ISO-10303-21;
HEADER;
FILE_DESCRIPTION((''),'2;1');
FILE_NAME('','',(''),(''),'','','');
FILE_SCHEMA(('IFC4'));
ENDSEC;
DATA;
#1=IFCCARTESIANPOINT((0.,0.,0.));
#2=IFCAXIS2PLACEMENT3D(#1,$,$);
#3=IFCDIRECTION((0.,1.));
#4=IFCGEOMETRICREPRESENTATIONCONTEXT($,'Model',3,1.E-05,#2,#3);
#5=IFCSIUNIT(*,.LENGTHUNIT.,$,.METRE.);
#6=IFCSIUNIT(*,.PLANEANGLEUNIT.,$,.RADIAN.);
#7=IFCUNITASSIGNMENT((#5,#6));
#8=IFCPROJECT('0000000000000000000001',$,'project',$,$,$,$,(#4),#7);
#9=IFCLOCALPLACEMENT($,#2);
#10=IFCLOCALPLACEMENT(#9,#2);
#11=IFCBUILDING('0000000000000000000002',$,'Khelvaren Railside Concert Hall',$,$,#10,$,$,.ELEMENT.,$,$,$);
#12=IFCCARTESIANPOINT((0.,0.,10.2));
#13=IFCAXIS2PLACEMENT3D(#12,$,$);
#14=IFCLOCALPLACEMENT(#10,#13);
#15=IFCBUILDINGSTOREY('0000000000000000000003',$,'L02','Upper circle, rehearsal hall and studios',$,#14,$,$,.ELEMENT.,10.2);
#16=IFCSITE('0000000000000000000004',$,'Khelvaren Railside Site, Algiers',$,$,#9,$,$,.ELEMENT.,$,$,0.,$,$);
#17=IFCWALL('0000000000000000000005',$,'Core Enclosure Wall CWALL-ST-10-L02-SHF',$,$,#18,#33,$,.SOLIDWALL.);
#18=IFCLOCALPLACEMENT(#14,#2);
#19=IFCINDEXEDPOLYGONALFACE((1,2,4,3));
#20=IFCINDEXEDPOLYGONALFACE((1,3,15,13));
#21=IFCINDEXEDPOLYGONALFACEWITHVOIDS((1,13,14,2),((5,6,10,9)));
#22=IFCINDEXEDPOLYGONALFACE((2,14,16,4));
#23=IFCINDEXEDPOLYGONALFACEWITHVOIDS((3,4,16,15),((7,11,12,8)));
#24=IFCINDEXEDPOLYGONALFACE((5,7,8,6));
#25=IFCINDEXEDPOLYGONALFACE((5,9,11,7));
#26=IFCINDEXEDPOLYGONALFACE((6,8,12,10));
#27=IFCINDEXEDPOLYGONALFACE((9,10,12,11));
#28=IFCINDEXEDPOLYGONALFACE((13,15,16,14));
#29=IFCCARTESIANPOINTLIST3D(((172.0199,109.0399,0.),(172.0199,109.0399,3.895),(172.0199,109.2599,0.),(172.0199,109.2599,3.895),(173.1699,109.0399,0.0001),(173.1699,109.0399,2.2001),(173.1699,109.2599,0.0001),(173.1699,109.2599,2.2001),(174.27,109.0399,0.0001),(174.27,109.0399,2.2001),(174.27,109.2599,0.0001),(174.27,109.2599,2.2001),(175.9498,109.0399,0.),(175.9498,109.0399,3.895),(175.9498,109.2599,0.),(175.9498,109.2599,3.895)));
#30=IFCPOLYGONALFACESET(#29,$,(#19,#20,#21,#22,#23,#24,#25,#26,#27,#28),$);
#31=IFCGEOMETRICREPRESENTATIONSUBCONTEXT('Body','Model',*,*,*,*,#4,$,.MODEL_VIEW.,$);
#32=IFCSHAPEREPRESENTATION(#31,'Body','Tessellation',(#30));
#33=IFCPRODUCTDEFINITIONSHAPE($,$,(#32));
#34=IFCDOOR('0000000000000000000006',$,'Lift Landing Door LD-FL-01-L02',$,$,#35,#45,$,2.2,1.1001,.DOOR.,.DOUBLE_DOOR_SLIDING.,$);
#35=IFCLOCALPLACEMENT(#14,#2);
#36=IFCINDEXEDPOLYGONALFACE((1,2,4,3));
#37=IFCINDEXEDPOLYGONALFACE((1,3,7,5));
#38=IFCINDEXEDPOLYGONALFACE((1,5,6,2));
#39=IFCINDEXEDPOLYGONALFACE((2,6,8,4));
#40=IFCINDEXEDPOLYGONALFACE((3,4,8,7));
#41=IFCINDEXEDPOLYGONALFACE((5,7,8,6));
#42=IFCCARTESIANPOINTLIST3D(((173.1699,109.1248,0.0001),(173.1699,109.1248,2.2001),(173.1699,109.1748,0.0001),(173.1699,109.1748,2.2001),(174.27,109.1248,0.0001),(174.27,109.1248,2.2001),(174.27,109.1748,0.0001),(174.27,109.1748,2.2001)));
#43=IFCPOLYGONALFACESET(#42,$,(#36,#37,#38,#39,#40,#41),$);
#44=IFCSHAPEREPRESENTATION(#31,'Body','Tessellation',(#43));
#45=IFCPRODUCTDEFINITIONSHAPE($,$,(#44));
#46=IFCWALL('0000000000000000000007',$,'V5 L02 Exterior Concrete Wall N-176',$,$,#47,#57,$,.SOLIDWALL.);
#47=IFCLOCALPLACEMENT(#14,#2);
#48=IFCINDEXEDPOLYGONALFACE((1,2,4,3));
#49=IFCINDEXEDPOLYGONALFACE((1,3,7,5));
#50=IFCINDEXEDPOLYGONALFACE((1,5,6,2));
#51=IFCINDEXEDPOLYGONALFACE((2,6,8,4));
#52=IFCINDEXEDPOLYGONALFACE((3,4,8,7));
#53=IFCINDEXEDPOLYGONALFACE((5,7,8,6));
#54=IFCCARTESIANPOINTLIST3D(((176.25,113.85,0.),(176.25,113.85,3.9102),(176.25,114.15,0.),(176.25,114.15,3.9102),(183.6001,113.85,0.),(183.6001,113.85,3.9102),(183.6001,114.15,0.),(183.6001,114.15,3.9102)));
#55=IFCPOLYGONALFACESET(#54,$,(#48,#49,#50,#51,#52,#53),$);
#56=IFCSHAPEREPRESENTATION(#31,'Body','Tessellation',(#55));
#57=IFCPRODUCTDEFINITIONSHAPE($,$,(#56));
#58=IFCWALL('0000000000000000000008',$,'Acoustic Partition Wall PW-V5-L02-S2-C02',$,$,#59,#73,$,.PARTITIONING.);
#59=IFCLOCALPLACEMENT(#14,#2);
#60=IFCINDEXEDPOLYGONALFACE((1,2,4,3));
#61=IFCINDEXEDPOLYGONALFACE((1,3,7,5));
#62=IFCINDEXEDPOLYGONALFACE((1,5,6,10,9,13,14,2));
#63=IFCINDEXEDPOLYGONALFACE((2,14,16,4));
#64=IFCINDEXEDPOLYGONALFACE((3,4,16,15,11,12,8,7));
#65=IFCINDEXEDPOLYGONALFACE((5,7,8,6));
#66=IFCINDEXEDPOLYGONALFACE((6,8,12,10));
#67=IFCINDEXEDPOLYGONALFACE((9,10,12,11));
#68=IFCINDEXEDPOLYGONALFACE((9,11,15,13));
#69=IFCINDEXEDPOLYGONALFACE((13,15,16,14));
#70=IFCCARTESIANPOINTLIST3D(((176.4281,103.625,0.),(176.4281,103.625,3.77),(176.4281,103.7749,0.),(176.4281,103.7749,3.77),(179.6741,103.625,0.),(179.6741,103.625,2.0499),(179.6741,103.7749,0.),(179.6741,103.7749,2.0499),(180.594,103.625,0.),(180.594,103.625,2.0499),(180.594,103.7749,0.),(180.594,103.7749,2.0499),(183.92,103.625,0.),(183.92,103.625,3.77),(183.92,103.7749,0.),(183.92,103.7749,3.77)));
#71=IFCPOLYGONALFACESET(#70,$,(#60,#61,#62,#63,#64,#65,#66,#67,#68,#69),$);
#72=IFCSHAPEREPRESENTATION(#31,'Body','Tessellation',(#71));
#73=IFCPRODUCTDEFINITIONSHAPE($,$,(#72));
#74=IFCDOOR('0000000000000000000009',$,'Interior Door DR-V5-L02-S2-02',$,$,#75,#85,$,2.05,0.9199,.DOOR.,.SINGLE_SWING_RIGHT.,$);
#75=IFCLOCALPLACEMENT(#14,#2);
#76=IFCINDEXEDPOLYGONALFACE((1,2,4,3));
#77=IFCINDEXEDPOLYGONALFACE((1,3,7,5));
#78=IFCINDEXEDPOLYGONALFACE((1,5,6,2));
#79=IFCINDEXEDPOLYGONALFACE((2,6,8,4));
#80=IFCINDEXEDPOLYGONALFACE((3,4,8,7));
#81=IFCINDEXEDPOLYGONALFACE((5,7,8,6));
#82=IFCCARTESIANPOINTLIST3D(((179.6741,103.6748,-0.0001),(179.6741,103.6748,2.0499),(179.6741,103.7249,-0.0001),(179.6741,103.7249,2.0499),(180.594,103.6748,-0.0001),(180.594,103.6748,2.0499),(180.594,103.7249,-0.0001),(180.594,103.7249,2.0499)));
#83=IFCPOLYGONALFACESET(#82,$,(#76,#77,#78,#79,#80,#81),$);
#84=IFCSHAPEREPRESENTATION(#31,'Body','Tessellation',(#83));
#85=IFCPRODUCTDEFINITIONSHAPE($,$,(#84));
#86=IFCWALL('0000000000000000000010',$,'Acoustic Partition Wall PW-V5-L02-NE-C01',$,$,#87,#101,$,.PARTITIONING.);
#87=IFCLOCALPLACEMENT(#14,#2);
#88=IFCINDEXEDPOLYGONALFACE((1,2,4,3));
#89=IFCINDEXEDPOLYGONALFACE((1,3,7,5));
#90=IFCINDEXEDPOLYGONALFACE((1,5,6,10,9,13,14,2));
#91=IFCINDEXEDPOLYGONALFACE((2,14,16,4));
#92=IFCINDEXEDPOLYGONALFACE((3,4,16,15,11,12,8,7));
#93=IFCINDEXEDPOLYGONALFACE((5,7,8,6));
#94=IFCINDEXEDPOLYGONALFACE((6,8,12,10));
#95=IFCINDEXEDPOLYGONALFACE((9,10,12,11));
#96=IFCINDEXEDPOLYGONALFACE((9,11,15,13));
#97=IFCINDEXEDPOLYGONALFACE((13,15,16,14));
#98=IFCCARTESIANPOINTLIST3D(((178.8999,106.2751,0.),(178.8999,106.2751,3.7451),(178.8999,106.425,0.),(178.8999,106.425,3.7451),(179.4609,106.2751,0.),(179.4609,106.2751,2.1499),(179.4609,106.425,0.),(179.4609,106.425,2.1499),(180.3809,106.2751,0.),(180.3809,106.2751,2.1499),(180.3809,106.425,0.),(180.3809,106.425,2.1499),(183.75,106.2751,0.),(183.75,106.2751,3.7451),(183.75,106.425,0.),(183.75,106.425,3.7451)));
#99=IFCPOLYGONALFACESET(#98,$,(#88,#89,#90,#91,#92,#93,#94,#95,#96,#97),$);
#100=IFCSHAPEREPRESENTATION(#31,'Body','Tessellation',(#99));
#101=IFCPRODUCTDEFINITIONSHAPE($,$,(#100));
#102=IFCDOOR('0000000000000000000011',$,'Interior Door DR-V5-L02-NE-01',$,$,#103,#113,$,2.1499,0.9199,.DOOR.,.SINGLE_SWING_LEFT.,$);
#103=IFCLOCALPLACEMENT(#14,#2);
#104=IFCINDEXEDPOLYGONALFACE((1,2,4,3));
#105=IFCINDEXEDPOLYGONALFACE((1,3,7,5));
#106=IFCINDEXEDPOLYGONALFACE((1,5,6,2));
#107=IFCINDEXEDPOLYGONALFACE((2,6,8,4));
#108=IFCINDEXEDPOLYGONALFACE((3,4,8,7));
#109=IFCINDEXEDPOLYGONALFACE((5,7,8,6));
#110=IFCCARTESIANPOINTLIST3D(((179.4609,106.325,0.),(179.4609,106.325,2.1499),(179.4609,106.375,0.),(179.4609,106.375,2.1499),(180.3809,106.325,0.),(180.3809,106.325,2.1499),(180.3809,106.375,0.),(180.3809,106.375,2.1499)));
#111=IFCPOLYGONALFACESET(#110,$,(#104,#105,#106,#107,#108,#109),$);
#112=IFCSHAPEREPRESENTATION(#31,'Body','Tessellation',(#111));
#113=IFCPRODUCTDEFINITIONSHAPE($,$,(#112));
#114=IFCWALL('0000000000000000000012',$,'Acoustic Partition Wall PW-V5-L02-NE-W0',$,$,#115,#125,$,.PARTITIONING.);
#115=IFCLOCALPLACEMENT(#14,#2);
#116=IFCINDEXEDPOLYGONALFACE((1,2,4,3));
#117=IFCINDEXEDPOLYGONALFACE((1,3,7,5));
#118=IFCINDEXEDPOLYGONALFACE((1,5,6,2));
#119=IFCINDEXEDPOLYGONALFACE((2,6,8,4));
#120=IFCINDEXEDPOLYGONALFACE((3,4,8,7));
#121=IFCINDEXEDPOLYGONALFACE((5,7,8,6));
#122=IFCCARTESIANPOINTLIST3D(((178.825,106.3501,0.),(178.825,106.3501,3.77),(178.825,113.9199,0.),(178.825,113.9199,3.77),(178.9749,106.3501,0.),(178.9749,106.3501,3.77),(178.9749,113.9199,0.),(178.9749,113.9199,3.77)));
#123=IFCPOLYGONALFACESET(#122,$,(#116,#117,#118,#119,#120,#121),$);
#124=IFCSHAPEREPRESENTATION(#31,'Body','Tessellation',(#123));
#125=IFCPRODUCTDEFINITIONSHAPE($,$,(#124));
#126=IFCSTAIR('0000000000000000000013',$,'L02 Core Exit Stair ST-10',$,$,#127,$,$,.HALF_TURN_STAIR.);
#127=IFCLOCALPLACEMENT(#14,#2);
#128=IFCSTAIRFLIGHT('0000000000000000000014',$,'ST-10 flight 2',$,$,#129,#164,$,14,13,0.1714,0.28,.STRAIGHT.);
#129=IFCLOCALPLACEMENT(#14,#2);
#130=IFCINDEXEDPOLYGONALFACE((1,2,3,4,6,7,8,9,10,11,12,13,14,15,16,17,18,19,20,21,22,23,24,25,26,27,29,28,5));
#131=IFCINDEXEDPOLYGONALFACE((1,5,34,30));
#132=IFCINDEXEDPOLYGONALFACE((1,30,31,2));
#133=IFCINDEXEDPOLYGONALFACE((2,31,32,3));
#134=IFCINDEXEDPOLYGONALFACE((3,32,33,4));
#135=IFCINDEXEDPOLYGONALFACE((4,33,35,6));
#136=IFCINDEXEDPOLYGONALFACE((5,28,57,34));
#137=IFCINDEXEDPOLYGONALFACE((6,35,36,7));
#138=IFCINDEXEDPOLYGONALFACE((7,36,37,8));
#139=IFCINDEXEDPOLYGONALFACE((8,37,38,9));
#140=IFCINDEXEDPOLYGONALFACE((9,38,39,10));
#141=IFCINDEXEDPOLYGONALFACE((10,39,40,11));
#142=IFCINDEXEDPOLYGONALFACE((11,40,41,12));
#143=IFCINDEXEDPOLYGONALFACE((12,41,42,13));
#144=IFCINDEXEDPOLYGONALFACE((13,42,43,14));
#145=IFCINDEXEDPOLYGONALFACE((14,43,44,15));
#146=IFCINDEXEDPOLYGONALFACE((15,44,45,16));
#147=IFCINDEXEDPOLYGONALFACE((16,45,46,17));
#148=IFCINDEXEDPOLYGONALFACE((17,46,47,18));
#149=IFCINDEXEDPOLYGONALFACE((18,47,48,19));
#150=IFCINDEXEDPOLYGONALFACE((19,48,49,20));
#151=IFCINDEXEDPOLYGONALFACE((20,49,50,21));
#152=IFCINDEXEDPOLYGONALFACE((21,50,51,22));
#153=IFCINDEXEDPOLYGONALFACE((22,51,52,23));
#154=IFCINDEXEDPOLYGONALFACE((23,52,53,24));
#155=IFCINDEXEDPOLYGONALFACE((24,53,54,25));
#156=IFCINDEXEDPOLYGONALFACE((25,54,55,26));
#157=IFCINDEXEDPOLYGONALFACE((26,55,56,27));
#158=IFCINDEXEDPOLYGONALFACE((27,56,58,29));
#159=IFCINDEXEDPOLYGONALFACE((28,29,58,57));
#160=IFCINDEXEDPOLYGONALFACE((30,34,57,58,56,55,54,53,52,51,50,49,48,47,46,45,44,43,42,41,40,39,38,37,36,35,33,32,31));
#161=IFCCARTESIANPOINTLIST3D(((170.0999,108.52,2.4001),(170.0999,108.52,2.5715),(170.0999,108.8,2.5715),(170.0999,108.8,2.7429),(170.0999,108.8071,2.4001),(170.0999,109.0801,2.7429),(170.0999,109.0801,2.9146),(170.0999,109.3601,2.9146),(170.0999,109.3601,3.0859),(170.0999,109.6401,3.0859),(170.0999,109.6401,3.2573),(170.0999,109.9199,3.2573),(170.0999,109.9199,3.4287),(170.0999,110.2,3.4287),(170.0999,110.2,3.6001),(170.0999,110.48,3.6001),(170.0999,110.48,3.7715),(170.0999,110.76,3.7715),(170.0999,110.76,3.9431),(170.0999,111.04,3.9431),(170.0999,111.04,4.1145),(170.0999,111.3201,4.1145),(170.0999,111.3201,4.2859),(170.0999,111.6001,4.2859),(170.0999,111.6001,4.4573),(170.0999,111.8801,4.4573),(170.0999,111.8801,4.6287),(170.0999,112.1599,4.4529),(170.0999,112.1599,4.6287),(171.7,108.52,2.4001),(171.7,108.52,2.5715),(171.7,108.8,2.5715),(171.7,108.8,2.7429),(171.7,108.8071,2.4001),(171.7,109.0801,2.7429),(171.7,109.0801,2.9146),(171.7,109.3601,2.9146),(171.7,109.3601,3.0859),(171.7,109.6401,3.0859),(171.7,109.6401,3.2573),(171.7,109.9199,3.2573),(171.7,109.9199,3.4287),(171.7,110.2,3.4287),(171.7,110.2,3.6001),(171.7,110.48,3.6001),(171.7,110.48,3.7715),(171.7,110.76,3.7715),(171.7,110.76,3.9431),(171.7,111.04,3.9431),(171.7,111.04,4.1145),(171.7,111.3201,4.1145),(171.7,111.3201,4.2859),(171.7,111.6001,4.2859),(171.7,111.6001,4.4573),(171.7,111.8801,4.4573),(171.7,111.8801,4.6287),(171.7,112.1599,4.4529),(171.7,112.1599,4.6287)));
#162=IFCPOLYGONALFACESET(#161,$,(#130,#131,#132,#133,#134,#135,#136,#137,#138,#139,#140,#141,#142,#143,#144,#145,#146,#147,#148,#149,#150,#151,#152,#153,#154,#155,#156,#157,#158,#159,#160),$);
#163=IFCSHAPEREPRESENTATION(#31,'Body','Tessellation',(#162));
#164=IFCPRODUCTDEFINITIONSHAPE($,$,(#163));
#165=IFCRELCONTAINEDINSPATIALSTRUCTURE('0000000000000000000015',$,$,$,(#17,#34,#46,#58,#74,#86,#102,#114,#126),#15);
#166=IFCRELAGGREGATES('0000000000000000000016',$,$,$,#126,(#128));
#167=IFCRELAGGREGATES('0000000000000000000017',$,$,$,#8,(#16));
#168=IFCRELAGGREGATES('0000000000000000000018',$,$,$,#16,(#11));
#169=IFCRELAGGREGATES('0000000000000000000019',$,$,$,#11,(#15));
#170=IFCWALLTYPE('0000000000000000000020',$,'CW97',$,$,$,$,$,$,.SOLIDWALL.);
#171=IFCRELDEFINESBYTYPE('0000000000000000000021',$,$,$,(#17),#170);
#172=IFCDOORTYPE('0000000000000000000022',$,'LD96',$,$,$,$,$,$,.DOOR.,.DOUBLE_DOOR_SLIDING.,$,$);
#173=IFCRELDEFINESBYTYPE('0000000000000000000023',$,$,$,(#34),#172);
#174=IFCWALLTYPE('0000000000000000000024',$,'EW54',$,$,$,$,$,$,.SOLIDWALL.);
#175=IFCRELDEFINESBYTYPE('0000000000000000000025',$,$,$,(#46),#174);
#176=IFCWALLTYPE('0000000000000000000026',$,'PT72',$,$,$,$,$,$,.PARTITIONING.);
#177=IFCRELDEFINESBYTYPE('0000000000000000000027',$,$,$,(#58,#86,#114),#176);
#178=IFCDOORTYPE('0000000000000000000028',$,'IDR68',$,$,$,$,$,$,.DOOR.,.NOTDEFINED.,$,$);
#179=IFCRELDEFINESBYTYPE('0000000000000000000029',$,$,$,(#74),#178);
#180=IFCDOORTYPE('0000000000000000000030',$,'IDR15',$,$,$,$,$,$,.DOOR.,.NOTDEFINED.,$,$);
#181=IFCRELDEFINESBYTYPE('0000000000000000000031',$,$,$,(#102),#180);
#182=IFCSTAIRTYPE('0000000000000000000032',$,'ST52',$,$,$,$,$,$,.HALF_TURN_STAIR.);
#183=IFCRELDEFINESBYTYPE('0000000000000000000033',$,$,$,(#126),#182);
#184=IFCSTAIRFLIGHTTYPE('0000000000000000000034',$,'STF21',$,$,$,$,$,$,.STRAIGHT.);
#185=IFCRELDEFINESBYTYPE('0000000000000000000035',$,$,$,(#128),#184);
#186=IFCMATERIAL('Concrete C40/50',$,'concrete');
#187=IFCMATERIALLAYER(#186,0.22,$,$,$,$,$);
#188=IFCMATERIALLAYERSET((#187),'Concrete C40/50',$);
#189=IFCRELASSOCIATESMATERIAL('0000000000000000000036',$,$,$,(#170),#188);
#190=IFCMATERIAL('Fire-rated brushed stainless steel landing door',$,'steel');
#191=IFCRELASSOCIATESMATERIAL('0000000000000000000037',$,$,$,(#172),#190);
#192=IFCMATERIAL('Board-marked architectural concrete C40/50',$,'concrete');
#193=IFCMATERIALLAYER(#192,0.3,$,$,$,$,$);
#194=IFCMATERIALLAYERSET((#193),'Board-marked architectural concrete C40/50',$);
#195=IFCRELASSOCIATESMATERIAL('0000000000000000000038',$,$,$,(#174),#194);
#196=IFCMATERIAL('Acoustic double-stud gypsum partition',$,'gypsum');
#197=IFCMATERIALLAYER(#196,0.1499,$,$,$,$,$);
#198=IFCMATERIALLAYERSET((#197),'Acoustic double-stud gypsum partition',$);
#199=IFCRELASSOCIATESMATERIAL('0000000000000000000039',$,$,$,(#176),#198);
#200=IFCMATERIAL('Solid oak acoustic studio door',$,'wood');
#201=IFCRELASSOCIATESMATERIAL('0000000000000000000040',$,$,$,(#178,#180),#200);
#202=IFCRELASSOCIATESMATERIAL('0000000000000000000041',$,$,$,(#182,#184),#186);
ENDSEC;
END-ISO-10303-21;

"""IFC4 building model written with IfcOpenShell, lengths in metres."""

from ifc_helpers import new_model, si_unit, direction, frame, frame_2d, origin, place, context, subcontext, project, spatial, polyline, rectangle, outline, extrude, material, layer, layer_set, type_object, element, fill, aggregate, save


model = new_model("IFC4")

# Units and contexts
model_context = context("Model", 3, precision=1e-05, world=origin(), true_north=direction((0.0, 1.0)))
body_context = subcontext(model_context, "Body", "Model", "MODEL_VIEW")
ifc_project = project(units=[si_unit("LENGTHUNIT", "METRE"), si_unit("PLANEANGLEUNIT", "RADIAN")], contexts=[model_context])

# Site, building, storey
site_placement = place(None, origin())
site = spatial("IfcSite", under=ifc_project, at=site_placement, Name="Khelvaren Railside Site, Algiers", CompositionType="ELEMENT", RefElevation=0.0)
building_placement = place(site_placement, origin())
building = spatial("IfcBuilding", under=site, at=building_placement, Name="Khelvaren Railside Concert Hall", CompositionType="ELEMENT")
storey_placement = place(building_placement, frame((0.0, 0.0, 10.2)))
storey = spatial("IfcBuildingStorey", under=building, at=storey_placement, Name="L02", Description="Upper circle, rehearsal hall and studios", CompositionType="ELEMENT", Elevation=10.2)

# Shared definitions
ifc_material_1 = material(Name="Concrete C40/50", Category="concrete")

# Wall, opening, door
ifc_layer_1 = layer(ifc_material_1, 0.22)
ifc_layer_set_1 = layer_set([ifc_layer_1], Name="Concrete C40/50")
wall_type_1 = type_object("IfcWallType", Name="CW97", PredefinedType="SOLIDWALL", material=ifc_layer_set_1)
wall_1_placement = place(storey_placement, frame((172.02, 109.1499, 0.0), z_axis=(0.0, 0.0, 1.0), x_axis=(1.0, 0.0, 0.0)))
wall_1 = element("IfcWall", 1, at=wall_1_placement, inside=storey, type_object=wall_type_1, Name="Core Enclosure Wall CWALL-ST-10-L02-SHF", PredefinedType="SOLIDWALL", context=body_context, shape_type="SweptSolid", body=[
    extrude(rectangle(XDim=3.9299, YDim=0.22, at=frame_2d((1.9648, 0.0))), origin(), (0.0, 0.0, 1.0), 3.895),
])
opening_1_placement = place(wall_1_placement, frame((1.1499, 0.0, 0.0)))
opening_1 = element("IfcOpeningElement", 2, at=opening_1_placement, cuts=wall_1, PredefinedType="OPENING", context=body_context, shape_type="SweptSolid", body=[
    extrude(rectangle(XDim=1.1001, YDim=2.2, at=frame_2d((0.55, 1.1001))), frame((0.0, 0.1199, 0.0), z_axis=(0.0, -1.0, 0.0), x_axis=(1.0, 0.0, 0.0)), (0.0, 0.0, 1.0), 0.24),
])
ifc_material_2 = material(Name="Fire-rated brushed stainless steel landing door", Category="steel")
door_type_1 = type_object("IfcDoorType", Name="LD96", OperationType="DOUBLE_DOOR_SLIDING", PredefinedType="DOOR", material=ifc_material_2)
door_1_placement = place(opening_1_placement, origin())
door_1 = element("IfcDoor", 3, at=door_1_placement, inside=storey, type_object=door_type_1, Name="Lift Landing Door LD-FL-01-L02", OperationType="DOUBLE_DOOR_SLIDING", OverallHeight=2.2, OverallWidth=1.1001, PredefinedType="DOOR", context=body_context, shape_type="SweptSolid", body=[
    extrude(rectangle(XDim=1.1001, YDim=2.2, at=frame_2d((0.55, 1.1001))), frame((0.0, 0.0249, 0.0), z_axis=(0.0, -1.0, 0.0), x_axis=(1.0, 0.0, 0.0)), (0.0, 0.0, 1.0), 0.05),
])
fill(opening_1, door_1)

# Wall
ifc_material_3 = material(Name="Board-marked architectural concrete C40/50", Category="concrete")
ifc_layer_2 = layer(ifc_material_3, 0.3)
ifc_layer_set_2 = layer_set([ifc_layer_2], Name="Board-marked architectural concrete C40/50")
wall_type_2 = type_object("IfcWallType", Name="EW54", PredefinedType="SOLIDWALL", material=ifc_layer_set_2)
wall_2_placement = place(storey_placement, frame((176.25, 114.0, 0.0), z_axis=(0.0, 0.0, 1.0), x_axis=(1.0, 0.0, 0.0)))
element("IfcWall", 4, at=wall_2_placement, inside=storey, type_object=wall_type_2, Name="V5 L02 Exterior Concrete Wall N-176", PredefinedType="SOLIDWALL", context=body_context, shape_type="SweptSolid", body=[
    extrude(rectangle(XDim=7.3501, YDim=0.3, at=frame_2d((3.675, 0.0))), origin(), (0.0, 0.0, 1.0), 3.9102),
])

# Walls, openings, doors
ifc_material_4 = material(Name="Acoustic double-stud gypsum partition", Category="gypsum")
ifc_layer_3 = layer(ifc_material_4, 0.1499)
ifc_layer_set_3 = layer_set([ifc_layer_3], Name="Acoustic double-stud gypsum partition")
wall_type_3 = type_object("IfcWallType", Name="PT72", PredefinedType="PARTITIONING", material=ifc_layer_set_3)
wall_3_placement = place(storey_placement, frame((176.428, 103.7, 0.0), z_axis=(0.0, 0.0, 1.0), x_axis=(1.0, 0.0, 0.0)))
wall_3 = element("IfcWall", 5, at=wall_3_placement, inside=storey, type_object=wall_type_3, Name="Acoustic Partition Wall PW-V5-L02-S2-C02", PredefinedType="PARTITIONING", context=body_context, shape_type="SweptSolid", body=[
    extrude(rectangle(XDim=7.4919, YDim=0.1499, at=frame_2d((3.7461, 0.0))), origin(), (0.0, 0.0, 1.0), 3.77),
])
opening_2_placement = place(wall_3_placement, frame((3.2461, 0.0, 0.0)))
opening_2 = element("IfcOpeningElement", 6, at=opening_2_placement, cuts=wall_3, PredefinedType="OPENING", context=body_context, shape_type="SweptSolid", body=[
    extrude(rectangle(XDim=0.9199, YDim=2.05, at=frame_2d((0.46, 1.0249))), frame((0.0, 0.085, 0.0), z_axis=(0.0, -1.0, 0.0), x_axis=(1.0, 0.0, 0.0)), (0.0, 0.0, 1.0), 0.1699),
])
ifc_material_5 = material(Name="Solid oak acoustic studio door", Category="wood")
door_type_2 = type_object("IfcDoorType", Name="IDR68", OperationType="NOTDEFINED", PredefinedType="DOOR", material=ifc_material_5)
door_2_placement = place(opening_2_placement, origin())
door_2 = element("IfcDoor", 7, at=door_2_placement, inside=storey, type_object=door_type_2, Name="Interior Door DR-V5-L02-S2-02", OperationType="SINGLE_SWING_RIGHT", OverallHeight=2.05, OverallWidth=0.9199, PredefinedType="DOOR", context=body_context, shape_type="SweptSolid", body=[
    extrude(rectangle(XDim=0.9199, YDim=2.05, at=frame_2d((0.46, 1.0249))), frame((0.0, 0.0249, 0.0), z_axis=(0.0, -1.0, 0.0), x_axis=(1.0, 0.0, 0.0)), (0.0, 0.0, 1.0), 0.05),
])
fill(opening_2, door_2)
wall_4_placement = place(storey_placement, frame((178.8999, 106.3501, 0.0), z_axis=(0.0, 0.0, 1.0), x_axis=(1.0, 0.0, 0.0)))
wall_4 = element("IfcWall", 8, at=wall_4_placement, inside=storey, type_object=wall_type_3, Name="Acoustic Partition Wall PW-V5-L02-NE-C01", PredefinedType="PARTITIONING", context=body_context, shape_type="SweptSolid", body=[
    extrude(rectangle(XDim=4.8501, YDim=0.1499, at=frame_2d((2.425, 0.0))), origin(), (0.0, 0.0, 1.0), 3.7451),
])
opening_3_placement = place(wall_4_placement, frame((0.561, 0.0, 0.0)))
opening_3 = element("IfcOpeningElement", 9, at=opening_3_placement, cuts=wall_4, PredefinedType="OPENING", context=body_context, shape_type="SweptSolid", body=[
    extrude(rectangle(XDim=0.9199, YDim=2.1499, at=frame_2d((0.46, 1.075))), frame((0.0, 0.085, 0.0), z_axis=(0.0, -1.0, 0.0), x_axis=(1.0, 0.0, 0.0)), (0.0, 0.0, 1.0), 0.1699),
])
door_type_3 = type_object("IfcDoorType", Name="IDR15", OperationType="NOTDEFINED", PredefinedType="DOOR", material=ifc_material_5)
door_3_placement = place(opening_3_placement, origin())
door_3 = element("IfcDoor", 10, at=door_3_placement, inside=storey, type_object=door_type_3, Name="Interior Door DR-V5-L02-NE-01", OperationType="SINGLE_SWING_LEFT", OverallHeight=2.1499, OverallWidth=0.9199, PredefinedType="DOOR", context=body_context, shape_type="SweptSolid", body=[
    extrude(rectangle(XDim=0.9199, YDim=2.1499, at=frame_2d((0.46, 1.075))), frame((0.0, 0.0249, 0.0), z_axis=(0.0, -1.0, 0.0), x_axis=(1.0, 0.0, 0.0)), (0.0, 0.0, 1.0), 0.05),
])
fill(opening_3, door_3)

# Wall
wall_5_placement = place(storey_placement, frame((178.8999, 106.3501, 0.0), z_axis=(0.0, 0.0, 1.0), x_axis=(0.0, 1.0, 0.0)))
element("IfcWall", 11, at=wall_5_placement, inside=storey, type_object=wall_type_3, Name="Acoustic Partition Wall PW-V5-L02-NE-W0", PredefinedType="PARTITIONING", context=body_context, shape_type="SweptSolid", body=[
    extrude(rectangle(XDim=7.5698, YDim=0.1499, at=frame_2d((3.7849, 0.0))), origin(), (0.0, 0.0, 1.0), 3.77),
])

# Stair, stair flight
stair_type = type_object("IfcStairType", Name="ST52", PredefinedType="HALF_TURN_STAIR", material=ifc_material_1)
stair_placement = place(storey_placement, origin())
stair = element("IfcStair", 12, at=stair_placement, inside=storey, type_object=stair_type, Name="L02 Core Exit Stair ST-10", PredefinedType="HALF_TURN_STAIR")
stair_flight_type = type_object("IfcStairFlightType", Name="STF21", PredefinedType="STRAIGHT", material=ifc_material_1)
stair_flight_placement = place(storey_placement, frame((170.8999, 108.52, 2.4001), z_axis=(0.0, 0.0, 1.0), x_axis=(0.0, 1.0, 0.0)))
stair_flight = element("IfcStairFlight", 13, at=stair_flight_placement, type_object=stair_flight_type, Name="ST-10 flight 2", NumberOfRisers=14, NumberOfTreads=13, PredefinedType="STRAIGHT", RiserHeight=0.1714, TreadLength=0.28, context=body_context, shape_type="SweptSolid", body=[
    extrude(outline(polyline([(0.0, 0.0), (0.0, 0.1714), (0.28, 0.1714), (0.28, 0.3428), (0.5601, 0.3428), (0.5601, 0.5144), (0.8401, 0.5144), (0.8401, 0.6858), (1.1201, 0.6858), (1.1201, 0.8572), (1.3999, 0.8572), (1.3999, 1.0286), (1.6799, 1.0286), (1.6799, 1.2), (1.96, 1.2), (1.96, 1.3713), (2.24, 1.3713), (2.24, 1.543), (2.52, 1.543), (2.52, 1.7144), (2.8, 1.7144), (2.8, 1.8857), (3.0801, 1.8857), (3.0801, 2.0571), (3.3601, 2.0571), (3.3601, 2.2285), (3.6399, 2.2285), (3.6399, 2.3999), (3.6399, 2.0527), (0.2871, 0.0), (0.0, 0.0)])), frame((0.0, 0.8, 0.0), z_axis=(0.0, -1.0, 0.0), x_axis=(1.0, 0.0, 0.0)), (0.0, 0.0, 1.0), 1.6001),
])
aggregate(stair, [stair_flight])

save(model, "model.ifc")
